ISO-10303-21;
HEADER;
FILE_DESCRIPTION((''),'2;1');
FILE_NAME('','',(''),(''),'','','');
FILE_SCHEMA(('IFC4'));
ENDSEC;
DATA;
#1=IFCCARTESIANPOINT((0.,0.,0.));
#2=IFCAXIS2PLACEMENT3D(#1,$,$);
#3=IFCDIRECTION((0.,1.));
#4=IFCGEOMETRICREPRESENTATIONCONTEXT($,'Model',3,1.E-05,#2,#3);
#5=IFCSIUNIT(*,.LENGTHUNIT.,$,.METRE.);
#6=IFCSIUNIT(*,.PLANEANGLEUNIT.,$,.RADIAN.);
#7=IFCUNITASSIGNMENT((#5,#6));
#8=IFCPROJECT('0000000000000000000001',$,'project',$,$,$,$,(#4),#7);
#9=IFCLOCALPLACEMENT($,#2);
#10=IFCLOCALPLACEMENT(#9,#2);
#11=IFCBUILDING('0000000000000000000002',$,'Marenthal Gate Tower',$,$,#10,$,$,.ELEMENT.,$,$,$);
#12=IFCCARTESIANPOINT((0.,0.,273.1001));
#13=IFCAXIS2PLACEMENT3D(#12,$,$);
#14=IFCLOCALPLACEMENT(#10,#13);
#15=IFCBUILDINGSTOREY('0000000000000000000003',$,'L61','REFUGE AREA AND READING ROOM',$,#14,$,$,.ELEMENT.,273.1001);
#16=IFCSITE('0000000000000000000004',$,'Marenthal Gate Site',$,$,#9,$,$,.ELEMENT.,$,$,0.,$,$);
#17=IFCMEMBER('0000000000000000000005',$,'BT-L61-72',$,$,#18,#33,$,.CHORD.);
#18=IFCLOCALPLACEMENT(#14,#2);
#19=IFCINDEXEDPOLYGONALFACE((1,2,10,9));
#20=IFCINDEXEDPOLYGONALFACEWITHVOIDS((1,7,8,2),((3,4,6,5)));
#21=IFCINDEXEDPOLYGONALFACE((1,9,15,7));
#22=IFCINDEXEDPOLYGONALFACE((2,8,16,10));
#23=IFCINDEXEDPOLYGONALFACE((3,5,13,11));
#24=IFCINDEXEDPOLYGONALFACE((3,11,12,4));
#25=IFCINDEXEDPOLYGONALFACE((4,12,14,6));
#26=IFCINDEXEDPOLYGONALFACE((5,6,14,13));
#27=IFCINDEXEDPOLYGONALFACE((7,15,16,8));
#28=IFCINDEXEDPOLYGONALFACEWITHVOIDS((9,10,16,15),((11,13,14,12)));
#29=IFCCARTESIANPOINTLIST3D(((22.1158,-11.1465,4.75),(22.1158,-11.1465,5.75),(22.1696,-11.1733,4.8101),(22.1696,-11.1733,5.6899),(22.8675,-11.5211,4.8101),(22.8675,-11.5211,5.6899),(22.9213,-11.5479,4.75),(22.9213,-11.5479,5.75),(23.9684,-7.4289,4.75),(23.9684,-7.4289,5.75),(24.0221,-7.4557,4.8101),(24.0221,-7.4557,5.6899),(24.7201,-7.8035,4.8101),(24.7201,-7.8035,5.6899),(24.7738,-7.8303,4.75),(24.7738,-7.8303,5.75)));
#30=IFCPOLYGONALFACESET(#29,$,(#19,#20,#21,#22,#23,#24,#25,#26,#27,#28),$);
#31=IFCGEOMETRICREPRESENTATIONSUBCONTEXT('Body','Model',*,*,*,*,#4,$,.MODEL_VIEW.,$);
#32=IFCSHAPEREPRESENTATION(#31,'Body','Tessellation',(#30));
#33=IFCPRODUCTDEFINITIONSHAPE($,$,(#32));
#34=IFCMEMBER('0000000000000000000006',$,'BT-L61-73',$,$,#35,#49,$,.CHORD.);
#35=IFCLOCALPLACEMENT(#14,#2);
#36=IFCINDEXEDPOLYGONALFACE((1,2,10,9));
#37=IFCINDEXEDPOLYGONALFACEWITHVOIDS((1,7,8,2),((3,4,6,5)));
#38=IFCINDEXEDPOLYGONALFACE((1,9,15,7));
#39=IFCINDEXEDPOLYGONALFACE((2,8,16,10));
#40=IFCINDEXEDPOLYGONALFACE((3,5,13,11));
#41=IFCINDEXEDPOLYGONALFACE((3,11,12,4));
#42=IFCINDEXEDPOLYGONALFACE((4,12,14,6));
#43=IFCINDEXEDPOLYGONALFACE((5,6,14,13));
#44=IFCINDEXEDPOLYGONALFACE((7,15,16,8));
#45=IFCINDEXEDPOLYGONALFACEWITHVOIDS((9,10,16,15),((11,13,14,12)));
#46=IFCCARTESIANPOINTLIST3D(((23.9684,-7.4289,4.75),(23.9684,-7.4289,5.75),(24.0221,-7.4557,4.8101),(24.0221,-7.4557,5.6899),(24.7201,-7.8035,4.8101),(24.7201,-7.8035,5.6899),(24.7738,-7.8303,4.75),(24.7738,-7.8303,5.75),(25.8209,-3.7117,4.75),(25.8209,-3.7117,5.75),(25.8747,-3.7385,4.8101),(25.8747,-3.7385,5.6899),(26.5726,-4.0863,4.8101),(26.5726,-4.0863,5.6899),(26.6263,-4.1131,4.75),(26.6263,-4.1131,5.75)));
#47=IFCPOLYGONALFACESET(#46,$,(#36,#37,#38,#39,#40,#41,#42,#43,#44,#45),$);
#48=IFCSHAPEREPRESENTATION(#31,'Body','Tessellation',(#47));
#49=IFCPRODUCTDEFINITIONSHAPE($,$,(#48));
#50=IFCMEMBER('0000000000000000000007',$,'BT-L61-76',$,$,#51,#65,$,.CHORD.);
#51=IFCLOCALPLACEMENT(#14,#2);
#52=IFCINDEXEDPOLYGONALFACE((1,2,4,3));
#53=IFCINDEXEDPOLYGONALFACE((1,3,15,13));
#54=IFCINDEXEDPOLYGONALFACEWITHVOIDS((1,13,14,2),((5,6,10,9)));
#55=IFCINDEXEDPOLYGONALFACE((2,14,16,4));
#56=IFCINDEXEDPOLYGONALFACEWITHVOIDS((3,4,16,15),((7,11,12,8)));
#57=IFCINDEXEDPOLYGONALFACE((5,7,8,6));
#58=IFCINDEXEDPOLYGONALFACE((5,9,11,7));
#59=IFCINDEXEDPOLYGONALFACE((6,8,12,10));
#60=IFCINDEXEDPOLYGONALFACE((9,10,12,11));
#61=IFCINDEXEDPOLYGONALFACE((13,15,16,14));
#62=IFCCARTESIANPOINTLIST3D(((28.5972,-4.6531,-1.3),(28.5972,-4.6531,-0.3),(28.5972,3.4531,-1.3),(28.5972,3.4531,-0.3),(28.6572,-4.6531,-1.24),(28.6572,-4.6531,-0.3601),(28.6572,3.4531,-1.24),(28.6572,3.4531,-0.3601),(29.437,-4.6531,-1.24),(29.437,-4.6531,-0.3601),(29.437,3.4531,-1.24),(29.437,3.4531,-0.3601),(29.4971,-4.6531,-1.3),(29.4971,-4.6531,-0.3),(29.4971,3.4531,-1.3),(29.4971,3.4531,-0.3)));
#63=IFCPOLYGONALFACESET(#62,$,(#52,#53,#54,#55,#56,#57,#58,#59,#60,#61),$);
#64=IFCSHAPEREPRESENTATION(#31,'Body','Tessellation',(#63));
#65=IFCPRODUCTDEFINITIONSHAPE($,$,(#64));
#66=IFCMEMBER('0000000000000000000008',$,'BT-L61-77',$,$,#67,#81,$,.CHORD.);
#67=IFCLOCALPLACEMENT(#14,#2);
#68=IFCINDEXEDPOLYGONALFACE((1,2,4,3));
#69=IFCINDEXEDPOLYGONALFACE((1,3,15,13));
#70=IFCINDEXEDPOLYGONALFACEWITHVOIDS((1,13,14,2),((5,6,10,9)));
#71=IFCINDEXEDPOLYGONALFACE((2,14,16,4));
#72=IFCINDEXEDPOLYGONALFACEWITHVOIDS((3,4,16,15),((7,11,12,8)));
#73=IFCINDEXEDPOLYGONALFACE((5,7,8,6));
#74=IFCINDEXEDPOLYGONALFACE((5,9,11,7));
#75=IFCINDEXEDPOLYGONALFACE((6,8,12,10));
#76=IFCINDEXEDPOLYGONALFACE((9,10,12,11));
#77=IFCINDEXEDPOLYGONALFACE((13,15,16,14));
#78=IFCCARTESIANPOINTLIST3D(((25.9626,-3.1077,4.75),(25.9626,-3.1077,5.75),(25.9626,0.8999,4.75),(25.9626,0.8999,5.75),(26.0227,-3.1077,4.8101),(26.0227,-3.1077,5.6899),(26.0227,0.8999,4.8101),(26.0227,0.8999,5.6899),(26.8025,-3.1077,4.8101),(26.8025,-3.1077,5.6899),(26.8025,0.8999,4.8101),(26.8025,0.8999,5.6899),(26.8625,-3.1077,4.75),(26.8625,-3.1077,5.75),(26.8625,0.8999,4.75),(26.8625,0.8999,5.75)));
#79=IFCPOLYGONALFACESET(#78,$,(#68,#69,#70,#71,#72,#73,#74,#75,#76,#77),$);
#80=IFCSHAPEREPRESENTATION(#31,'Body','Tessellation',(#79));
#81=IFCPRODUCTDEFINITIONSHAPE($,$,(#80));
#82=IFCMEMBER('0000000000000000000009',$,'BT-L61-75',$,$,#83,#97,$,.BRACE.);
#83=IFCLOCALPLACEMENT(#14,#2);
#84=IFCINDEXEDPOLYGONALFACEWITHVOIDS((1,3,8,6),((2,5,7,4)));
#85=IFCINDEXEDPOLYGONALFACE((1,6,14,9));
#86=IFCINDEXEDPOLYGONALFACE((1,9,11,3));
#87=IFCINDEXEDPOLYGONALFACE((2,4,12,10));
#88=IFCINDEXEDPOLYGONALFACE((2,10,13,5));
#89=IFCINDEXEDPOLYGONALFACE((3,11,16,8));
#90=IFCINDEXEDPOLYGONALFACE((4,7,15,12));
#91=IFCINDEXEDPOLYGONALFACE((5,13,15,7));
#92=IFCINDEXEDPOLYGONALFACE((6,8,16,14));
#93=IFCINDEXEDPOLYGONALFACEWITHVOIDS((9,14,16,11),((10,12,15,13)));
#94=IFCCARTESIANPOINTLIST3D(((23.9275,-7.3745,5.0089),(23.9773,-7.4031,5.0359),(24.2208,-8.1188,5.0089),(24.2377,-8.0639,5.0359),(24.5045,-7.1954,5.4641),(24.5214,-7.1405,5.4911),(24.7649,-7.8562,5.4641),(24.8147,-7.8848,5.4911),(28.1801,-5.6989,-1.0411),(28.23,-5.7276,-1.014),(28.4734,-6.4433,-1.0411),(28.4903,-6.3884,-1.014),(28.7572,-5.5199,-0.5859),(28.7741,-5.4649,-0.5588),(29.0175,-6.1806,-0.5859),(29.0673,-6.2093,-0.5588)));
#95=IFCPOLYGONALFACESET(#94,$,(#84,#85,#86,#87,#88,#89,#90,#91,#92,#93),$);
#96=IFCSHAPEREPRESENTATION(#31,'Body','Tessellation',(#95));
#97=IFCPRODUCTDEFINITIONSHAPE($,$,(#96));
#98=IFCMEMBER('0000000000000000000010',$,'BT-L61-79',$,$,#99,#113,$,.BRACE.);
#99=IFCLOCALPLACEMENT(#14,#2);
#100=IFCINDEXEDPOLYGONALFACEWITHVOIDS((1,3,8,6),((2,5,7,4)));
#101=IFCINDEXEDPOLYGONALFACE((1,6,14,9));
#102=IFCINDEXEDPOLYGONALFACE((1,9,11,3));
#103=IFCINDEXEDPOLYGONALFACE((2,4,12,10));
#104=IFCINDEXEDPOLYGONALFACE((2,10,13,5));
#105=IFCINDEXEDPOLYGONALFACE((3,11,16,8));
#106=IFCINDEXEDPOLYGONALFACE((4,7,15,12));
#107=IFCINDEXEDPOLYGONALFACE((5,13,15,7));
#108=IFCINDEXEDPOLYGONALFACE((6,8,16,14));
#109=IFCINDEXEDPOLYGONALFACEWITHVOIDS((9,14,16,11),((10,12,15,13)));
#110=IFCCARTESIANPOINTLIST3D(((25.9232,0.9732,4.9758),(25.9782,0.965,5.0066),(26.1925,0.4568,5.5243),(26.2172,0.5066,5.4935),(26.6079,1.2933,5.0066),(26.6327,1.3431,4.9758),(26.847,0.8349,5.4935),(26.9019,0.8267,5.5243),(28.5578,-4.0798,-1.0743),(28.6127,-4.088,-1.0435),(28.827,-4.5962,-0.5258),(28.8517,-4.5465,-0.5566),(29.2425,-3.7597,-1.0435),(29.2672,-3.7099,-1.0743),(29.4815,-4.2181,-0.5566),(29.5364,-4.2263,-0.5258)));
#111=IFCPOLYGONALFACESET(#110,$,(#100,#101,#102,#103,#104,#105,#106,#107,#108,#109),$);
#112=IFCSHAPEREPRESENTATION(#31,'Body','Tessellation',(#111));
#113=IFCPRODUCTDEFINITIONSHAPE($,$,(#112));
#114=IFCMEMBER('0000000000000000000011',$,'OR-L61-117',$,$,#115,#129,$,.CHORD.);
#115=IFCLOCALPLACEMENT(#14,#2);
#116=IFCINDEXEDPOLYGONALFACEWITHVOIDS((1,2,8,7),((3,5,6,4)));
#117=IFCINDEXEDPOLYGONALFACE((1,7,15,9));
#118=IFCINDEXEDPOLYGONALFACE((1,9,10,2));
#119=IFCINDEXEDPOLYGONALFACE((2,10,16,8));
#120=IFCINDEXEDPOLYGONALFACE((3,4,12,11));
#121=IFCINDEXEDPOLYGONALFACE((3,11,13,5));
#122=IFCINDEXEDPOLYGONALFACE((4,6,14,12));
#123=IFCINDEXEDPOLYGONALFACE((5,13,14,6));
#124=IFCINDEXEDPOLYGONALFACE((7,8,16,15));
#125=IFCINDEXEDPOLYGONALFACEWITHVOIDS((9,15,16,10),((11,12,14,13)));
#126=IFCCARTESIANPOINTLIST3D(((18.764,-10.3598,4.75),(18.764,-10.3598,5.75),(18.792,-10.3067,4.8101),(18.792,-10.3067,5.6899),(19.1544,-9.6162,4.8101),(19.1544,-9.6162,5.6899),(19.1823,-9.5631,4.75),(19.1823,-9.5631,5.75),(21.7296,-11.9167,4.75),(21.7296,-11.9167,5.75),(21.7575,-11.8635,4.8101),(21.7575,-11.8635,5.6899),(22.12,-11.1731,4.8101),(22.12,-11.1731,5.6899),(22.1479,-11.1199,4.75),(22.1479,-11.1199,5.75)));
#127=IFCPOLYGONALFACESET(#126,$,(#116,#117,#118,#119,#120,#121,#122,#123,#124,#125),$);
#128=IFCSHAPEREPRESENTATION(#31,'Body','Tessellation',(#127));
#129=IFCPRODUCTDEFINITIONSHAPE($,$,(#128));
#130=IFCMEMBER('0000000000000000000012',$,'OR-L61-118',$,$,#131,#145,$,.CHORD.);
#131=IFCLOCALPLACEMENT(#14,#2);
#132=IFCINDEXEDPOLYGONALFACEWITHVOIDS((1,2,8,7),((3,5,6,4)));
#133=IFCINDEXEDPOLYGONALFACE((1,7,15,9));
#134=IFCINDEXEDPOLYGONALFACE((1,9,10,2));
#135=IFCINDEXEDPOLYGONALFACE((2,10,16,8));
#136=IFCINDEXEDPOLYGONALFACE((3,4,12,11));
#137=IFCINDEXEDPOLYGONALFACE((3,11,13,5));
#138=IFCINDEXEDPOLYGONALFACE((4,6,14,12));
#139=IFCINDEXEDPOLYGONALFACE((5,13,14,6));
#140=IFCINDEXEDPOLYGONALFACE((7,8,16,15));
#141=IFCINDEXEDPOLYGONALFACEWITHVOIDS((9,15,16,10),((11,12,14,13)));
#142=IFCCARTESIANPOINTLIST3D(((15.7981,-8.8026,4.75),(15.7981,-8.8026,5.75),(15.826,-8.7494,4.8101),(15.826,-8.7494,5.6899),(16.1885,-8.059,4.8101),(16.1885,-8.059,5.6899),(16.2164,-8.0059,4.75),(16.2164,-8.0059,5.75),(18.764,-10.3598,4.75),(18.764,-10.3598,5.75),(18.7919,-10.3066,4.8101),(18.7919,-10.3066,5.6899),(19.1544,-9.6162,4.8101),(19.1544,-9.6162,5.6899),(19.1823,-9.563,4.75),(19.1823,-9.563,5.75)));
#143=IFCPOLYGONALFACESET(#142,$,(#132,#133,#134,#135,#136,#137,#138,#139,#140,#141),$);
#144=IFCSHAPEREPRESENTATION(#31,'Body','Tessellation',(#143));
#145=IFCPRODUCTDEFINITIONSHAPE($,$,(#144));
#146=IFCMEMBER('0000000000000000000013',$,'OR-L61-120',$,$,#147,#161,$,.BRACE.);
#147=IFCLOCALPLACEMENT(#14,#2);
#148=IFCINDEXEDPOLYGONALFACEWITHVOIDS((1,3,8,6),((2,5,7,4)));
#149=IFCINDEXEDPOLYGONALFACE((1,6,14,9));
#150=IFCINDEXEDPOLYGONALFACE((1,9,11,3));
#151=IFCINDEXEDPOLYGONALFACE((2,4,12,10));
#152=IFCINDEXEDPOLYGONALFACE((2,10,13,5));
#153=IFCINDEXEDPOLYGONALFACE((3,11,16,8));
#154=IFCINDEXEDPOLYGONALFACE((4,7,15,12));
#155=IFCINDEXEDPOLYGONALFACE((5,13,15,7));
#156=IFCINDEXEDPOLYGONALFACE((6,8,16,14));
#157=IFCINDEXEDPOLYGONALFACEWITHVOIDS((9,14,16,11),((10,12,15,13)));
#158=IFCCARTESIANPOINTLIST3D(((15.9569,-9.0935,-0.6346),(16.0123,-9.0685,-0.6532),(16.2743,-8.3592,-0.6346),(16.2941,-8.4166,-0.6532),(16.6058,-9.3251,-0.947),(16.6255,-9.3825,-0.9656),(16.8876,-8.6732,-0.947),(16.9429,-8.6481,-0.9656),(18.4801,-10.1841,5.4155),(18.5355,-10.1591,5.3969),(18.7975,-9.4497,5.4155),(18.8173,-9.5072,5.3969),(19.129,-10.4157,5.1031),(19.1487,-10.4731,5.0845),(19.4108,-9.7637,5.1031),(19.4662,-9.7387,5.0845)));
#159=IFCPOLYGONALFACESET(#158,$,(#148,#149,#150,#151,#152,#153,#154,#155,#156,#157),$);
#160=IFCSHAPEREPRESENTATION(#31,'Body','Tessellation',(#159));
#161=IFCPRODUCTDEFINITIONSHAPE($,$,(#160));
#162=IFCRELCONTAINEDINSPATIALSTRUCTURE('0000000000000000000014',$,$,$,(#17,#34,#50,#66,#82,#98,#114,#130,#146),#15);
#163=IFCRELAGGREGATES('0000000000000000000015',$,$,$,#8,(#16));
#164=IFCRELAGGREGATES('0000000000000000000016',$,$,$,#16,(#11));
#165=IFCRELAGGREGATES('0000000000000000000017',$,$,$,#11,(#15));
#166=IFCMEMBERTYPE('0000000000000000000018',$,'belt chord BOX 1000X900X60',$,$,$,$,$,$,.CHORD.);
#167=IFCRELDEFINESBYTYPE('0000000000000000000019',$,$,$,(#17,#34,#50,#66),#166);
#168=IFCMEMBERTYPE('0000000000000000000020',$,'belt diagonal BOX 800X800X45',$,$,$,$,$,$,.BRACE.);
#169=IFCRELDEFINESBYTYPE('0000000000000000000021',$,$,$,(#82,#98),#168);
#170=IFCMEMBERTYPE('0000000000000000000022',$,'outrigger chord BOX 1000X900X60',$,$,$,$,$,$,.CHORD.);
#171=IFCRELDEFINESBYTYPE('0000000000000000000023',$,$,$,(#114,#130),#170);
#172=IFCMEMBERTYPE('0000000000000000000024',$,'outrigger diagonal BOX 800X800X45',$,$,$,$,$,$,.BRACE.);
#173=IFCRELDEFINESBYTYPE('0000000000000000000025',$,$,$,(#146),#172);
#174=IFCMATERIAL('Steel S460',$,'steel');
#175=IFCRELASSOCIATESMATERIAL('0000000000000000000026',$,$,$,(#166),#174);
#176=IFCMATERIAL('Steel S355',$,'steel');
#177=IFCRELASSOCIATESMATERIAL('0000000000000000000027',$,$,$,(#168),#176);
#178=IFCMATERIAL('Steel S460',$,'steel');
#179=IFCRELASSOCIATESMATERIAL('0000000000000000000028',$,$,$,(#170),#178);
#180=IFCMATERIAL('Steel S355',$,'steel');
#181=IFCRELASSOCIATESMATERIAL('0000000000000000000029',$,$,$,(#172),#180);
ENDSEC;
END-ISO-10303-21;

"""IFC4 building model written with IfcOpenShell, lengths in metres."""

from ifc_helpers import new_model, si_unit, direction, frame, origin, origin_2d, place, context, subcontext, project, spatial, hollow_rectangle, extrude, material, material_profile, profile_set, type_object, element, save


model = new_model("IFC4")

# Units and contexts
model_context = context("Model", 3, precision=1e-05, world=origin(), true_north=direction((0.0, 1.0)))
body_context = subcontext(model_context, "Body", "Model", "MODEL_VIEW")
ifc_project = project(units=[si_unit("LENGTHUNIT", "METRE"), si_unit("PLANEANGLEUNIT", "RADIAN")], contexts=[model_context])

# Site, building, storey
site_placement = place(None, origin())
site = spatial("IfcSite", under=ifc_project, at=site_placement, Name="Marenthal Gate Site", CompositionType="ELEMENT", RefElevation=0.0)
building_placement = place(site_placement, origin())
building = spatial("IfcBuilding", under=site, at=building_placement, Name="Marenthal Gate Tower", CompositionType="ELEMENT")
storey_placement = place(building_placement, frame((0.0, 0.0, 273.1001)))
storey = spatial("IfcBuildingStorey", under=building, at=storey_placement, Name="L61", Description="REFUGE AREA AND READING ROOM", CompositionType="ELEMENT", Elevation=273.1001)

# Members
ifc_material_1 = material(Name="Steel S460", Category="steel")
ifc_material_profile_1 = material_profile(ifc_material_1, hollow_rectangle(XDim=0.8999, YDim=1.0, WallThickness=0.0601, at=origin_2d()), Name="BOX 1000X900X60")
ifc_profile_set_1 = profile_set([ifc_material_profile_1], Name="Steel S460")
member_type_1 = type_object("IfcMemberType", Name="belt chord BOX 1000X900X60", PredefinedType="CHORD", material=ifc_profile_set_1)
member_1_placement = place(storey_placement, frame((22.5186, -11.3472, 5.25), z_axis=(0.446014, 0.895026, 0.0), x_axis=(-0.895026, 0.446014, 0.0)))
element("IfcMember", 1, at=member_1_placement, inside=storey, type_object=member_type_1, Name="BT-L61-72", PredefinedType="CHORD", context=body_context, shape_type="SweptSolid", body=[
    extrude(hollow_rectangle(XDim=0.8999, YDim=1.0, WallThickness=0.0601, at=origin_2d()), origin(), (0.0, 0.0, 1.0), 4.1536),
])
member_2_placement = place(storey_placement, frame((24.3711, -7.6296, 5.25), z_axis=(0.446038, 0.895014, 0.0), x_axis=(-0.895014, 0.446038, 0.0)))
element("IfcMember", 2, at=member_2_placement, inside=storey, type_object=member_type_1, Name="BT-L61-73", PredefinedType="CHORD", context=body_context, shape_type="SweptSolid", body=[
    extrude(hollow_rectangle(XDim=0.8999, YDim=1.0, WallThickness=0.0601, at=origin_2d()), origin(), (0.0, 0.0, 1.0), 4.1533),
])
member_3_placement = place(storey_placement, frame((29.0471, -4.6531, -0.8), z_axis=(0.0, 1.0, 0.0), x_axis=(-1.0, 0.0, 0.0)))
element("IfcMember", 3, at=member_3_placement, inside=storey, type_object=member_type_1, Name="BT-L61-76", PredefinedType="CHORD", context=body_context, shape_type="SweptSolid", body=[
    extrude(hollow_rectangle(XDim=0.8999, YDim=1.0, WallThickness=0.0601, at=origin_2d()), origin(), (0.0, 0.0, 1.0), 8.1062),
])
member_4_placement = place(storey_placement, frame((26.4126, -3.1077, 5.25), z_axis=(0.0, 1.0, 0.0), x_axis=(-1.0, 0.0, 0.0)))
element("IfcMember", 4, at=member_4_placement, inside=storey, type_object=member_type_1, Name="BT-L61-77", PredefinedType="CHORD", context=body_context, shape_type="SweptSolid", body=[
    extrude(hollow_rectangle(XDim=0.8999, YDim=1.0, WallThickness=0.0601, at=origin_2d()), origin(), (0.0, 0.0, 1.0), 4.0076),
])
ifc_material_2 = material(Name="Steel S355", Category="steel")
ifc_material_profile_2 = material_profile(ifc_material_2, hollow_rectangle(XDim=0.8, YDim=0.8, WallThickness=0.0449, at=origin_2d()), Name="BOX 800X800X45")
ifc_profile_set_2 = profile_set([ifc_material_profile_2], Name="Steel S355")
member_type_2 = type_object("IfcMemberType", Name="belt diagonal BOX 800X800X45", PredefinedType="BRACE", material=ifc_profile_set_2)
member_5_placement = place(storey_placement, frame((24.3711, -7.6296, 5.25), z_axis=(0.560848, 0.220971, -0.797886), x_axis=(-0.366569, 0.930391, 0.0)))
element("IfcMember", 5, at=member_5_placement, inside=storey, type_object=member_type_2, Name="BT-L61-75", PredefinedType="BRACE", context=body_context, shape_type="SweptSolid", body=[
    extrude(hollow_rectangle(XDim=0.8, YDim=0.8, WallThickness=0.0449, at=origin_2d()), origin(), (0.0, 0.0, 1.0), 7.5825),
])
member_6_placement = place(storey_placement, frame((29.0471, -4.1531, -0.8), z_axis=(-0.316984, 0.607971, 0.727937), x_axis=(-0.886715, -0.462316, 0.0)))
element("IfcMember", 6, at=member_6_placement, inside=storey, type_object=member_type_2, Name="BT-L61-79", PredefinedType="BRACE", context=body_context, shape_type="SweptSolid", body=[
    extrude(hollow_rectangle(XDim=0.8, YDim=0.8, WallThickness=0.0449, at=origin_2d()), origin(), (0.0, 0.0, 1.0), 8.3113),
])
ifc_material_3 = material(Name="Steel S460", Category="steel")
ifc_material_profile_3 = material_profile(ifc_material_3, hollow_rectangle(XDim=0.8999, YDim=1.0, WallThickness=0.0601, at=origin_2d()), Name="BOX 1000X900X60")
ifc_profile_set_3 = profile_set([ifc_material_profile_3], Name="Steel S460")
member_type_3 = type_object("IfcMemberType", Name="outrigger chord BOX 1000X900X60", PredefinedType="CHORD", material=ifc_profile_set_3)
member_7_placement = place(storey_placement, frame((21.9387, -11.5183, 5.25), z_axis=(-0.885403, 0.464824, 0.0), x_axis=(-0.464824, -0.885403, 0.0)))
element("IfcMember", 7, at=member_7_placement, inside=storey, type_object=member_type_3, Name="OR-L61-117", PredefinedType="CHORD", context=body_context, shape_type="SweptSolid", body=[
    extrude(hollow_rectangle(XDim=0.8999, YDim=1.0, WallThickness=0.0601, at=origin_2d()), origin(), (0.0, 0.0, 1.0), 3.3494),
])
member_8_placement = place(storey_placement, frame((18.9731, -9.9614, 5.25), z_axis=(-0.885389, 0.464851, 0.0), x_axis=(-0.464851, -0.885389, 0.0)))
element("IfcMember", 8, at=member_8_placement, inside=storey, type_object=member_type_3, Name="OR-L61-118", PredefinedType="CHORD", context=body_context, shape_type="SweptSolid", body=[
    extrude(hollow_rectangle(XDim=0.8999, YDim=1.0, WallThickness=0.0601, at=origin_2d()), origin(), (0.0, 0.0, 1.0), 3.3499),
])
ifc_material_4 = material(Name="Steel S355", Category="steel")
ifc_material_profile_4 = material_profile(ifc_material_4, hollow_rectangle(XDim=0.8, YDim=0.8, WallThickness=0.0449, at=origin_2d()), Name="BOX 800X800X45")
ifc_profile_set_4 = profile_set([ifc_material_profile_4], Name="Steel S355")
member_type_4 = type_object("IfcMemberType", Name="outrigger diagonal BOX 800X800X45", PredefinedType="BRACE", material=ifc_profile_set_4)
member_9_placement = place(storey_placement, frame((18.9731, -9.9614, 5.25), z_axis=(-0.3797, 0.164114, -0.910436), x_axis=(-0.396747, -0.917928, 0.0)))
element("IfcMember", 9, at=member_9_placement, inside=storey, type_object=member_type_4, Name="OR-L61-120", PredefinedType="BRACE", context=body_context, shape_type="SweptSolid", body=[
    extrude(hollow_rectangle(XDim=0.8, YDim=0.8, WallThickness=0.0449, at=origin_2d()), origin(), (0.0, 0.0, 1.0), 6.6453),
])

save(model, "model.ifc")
